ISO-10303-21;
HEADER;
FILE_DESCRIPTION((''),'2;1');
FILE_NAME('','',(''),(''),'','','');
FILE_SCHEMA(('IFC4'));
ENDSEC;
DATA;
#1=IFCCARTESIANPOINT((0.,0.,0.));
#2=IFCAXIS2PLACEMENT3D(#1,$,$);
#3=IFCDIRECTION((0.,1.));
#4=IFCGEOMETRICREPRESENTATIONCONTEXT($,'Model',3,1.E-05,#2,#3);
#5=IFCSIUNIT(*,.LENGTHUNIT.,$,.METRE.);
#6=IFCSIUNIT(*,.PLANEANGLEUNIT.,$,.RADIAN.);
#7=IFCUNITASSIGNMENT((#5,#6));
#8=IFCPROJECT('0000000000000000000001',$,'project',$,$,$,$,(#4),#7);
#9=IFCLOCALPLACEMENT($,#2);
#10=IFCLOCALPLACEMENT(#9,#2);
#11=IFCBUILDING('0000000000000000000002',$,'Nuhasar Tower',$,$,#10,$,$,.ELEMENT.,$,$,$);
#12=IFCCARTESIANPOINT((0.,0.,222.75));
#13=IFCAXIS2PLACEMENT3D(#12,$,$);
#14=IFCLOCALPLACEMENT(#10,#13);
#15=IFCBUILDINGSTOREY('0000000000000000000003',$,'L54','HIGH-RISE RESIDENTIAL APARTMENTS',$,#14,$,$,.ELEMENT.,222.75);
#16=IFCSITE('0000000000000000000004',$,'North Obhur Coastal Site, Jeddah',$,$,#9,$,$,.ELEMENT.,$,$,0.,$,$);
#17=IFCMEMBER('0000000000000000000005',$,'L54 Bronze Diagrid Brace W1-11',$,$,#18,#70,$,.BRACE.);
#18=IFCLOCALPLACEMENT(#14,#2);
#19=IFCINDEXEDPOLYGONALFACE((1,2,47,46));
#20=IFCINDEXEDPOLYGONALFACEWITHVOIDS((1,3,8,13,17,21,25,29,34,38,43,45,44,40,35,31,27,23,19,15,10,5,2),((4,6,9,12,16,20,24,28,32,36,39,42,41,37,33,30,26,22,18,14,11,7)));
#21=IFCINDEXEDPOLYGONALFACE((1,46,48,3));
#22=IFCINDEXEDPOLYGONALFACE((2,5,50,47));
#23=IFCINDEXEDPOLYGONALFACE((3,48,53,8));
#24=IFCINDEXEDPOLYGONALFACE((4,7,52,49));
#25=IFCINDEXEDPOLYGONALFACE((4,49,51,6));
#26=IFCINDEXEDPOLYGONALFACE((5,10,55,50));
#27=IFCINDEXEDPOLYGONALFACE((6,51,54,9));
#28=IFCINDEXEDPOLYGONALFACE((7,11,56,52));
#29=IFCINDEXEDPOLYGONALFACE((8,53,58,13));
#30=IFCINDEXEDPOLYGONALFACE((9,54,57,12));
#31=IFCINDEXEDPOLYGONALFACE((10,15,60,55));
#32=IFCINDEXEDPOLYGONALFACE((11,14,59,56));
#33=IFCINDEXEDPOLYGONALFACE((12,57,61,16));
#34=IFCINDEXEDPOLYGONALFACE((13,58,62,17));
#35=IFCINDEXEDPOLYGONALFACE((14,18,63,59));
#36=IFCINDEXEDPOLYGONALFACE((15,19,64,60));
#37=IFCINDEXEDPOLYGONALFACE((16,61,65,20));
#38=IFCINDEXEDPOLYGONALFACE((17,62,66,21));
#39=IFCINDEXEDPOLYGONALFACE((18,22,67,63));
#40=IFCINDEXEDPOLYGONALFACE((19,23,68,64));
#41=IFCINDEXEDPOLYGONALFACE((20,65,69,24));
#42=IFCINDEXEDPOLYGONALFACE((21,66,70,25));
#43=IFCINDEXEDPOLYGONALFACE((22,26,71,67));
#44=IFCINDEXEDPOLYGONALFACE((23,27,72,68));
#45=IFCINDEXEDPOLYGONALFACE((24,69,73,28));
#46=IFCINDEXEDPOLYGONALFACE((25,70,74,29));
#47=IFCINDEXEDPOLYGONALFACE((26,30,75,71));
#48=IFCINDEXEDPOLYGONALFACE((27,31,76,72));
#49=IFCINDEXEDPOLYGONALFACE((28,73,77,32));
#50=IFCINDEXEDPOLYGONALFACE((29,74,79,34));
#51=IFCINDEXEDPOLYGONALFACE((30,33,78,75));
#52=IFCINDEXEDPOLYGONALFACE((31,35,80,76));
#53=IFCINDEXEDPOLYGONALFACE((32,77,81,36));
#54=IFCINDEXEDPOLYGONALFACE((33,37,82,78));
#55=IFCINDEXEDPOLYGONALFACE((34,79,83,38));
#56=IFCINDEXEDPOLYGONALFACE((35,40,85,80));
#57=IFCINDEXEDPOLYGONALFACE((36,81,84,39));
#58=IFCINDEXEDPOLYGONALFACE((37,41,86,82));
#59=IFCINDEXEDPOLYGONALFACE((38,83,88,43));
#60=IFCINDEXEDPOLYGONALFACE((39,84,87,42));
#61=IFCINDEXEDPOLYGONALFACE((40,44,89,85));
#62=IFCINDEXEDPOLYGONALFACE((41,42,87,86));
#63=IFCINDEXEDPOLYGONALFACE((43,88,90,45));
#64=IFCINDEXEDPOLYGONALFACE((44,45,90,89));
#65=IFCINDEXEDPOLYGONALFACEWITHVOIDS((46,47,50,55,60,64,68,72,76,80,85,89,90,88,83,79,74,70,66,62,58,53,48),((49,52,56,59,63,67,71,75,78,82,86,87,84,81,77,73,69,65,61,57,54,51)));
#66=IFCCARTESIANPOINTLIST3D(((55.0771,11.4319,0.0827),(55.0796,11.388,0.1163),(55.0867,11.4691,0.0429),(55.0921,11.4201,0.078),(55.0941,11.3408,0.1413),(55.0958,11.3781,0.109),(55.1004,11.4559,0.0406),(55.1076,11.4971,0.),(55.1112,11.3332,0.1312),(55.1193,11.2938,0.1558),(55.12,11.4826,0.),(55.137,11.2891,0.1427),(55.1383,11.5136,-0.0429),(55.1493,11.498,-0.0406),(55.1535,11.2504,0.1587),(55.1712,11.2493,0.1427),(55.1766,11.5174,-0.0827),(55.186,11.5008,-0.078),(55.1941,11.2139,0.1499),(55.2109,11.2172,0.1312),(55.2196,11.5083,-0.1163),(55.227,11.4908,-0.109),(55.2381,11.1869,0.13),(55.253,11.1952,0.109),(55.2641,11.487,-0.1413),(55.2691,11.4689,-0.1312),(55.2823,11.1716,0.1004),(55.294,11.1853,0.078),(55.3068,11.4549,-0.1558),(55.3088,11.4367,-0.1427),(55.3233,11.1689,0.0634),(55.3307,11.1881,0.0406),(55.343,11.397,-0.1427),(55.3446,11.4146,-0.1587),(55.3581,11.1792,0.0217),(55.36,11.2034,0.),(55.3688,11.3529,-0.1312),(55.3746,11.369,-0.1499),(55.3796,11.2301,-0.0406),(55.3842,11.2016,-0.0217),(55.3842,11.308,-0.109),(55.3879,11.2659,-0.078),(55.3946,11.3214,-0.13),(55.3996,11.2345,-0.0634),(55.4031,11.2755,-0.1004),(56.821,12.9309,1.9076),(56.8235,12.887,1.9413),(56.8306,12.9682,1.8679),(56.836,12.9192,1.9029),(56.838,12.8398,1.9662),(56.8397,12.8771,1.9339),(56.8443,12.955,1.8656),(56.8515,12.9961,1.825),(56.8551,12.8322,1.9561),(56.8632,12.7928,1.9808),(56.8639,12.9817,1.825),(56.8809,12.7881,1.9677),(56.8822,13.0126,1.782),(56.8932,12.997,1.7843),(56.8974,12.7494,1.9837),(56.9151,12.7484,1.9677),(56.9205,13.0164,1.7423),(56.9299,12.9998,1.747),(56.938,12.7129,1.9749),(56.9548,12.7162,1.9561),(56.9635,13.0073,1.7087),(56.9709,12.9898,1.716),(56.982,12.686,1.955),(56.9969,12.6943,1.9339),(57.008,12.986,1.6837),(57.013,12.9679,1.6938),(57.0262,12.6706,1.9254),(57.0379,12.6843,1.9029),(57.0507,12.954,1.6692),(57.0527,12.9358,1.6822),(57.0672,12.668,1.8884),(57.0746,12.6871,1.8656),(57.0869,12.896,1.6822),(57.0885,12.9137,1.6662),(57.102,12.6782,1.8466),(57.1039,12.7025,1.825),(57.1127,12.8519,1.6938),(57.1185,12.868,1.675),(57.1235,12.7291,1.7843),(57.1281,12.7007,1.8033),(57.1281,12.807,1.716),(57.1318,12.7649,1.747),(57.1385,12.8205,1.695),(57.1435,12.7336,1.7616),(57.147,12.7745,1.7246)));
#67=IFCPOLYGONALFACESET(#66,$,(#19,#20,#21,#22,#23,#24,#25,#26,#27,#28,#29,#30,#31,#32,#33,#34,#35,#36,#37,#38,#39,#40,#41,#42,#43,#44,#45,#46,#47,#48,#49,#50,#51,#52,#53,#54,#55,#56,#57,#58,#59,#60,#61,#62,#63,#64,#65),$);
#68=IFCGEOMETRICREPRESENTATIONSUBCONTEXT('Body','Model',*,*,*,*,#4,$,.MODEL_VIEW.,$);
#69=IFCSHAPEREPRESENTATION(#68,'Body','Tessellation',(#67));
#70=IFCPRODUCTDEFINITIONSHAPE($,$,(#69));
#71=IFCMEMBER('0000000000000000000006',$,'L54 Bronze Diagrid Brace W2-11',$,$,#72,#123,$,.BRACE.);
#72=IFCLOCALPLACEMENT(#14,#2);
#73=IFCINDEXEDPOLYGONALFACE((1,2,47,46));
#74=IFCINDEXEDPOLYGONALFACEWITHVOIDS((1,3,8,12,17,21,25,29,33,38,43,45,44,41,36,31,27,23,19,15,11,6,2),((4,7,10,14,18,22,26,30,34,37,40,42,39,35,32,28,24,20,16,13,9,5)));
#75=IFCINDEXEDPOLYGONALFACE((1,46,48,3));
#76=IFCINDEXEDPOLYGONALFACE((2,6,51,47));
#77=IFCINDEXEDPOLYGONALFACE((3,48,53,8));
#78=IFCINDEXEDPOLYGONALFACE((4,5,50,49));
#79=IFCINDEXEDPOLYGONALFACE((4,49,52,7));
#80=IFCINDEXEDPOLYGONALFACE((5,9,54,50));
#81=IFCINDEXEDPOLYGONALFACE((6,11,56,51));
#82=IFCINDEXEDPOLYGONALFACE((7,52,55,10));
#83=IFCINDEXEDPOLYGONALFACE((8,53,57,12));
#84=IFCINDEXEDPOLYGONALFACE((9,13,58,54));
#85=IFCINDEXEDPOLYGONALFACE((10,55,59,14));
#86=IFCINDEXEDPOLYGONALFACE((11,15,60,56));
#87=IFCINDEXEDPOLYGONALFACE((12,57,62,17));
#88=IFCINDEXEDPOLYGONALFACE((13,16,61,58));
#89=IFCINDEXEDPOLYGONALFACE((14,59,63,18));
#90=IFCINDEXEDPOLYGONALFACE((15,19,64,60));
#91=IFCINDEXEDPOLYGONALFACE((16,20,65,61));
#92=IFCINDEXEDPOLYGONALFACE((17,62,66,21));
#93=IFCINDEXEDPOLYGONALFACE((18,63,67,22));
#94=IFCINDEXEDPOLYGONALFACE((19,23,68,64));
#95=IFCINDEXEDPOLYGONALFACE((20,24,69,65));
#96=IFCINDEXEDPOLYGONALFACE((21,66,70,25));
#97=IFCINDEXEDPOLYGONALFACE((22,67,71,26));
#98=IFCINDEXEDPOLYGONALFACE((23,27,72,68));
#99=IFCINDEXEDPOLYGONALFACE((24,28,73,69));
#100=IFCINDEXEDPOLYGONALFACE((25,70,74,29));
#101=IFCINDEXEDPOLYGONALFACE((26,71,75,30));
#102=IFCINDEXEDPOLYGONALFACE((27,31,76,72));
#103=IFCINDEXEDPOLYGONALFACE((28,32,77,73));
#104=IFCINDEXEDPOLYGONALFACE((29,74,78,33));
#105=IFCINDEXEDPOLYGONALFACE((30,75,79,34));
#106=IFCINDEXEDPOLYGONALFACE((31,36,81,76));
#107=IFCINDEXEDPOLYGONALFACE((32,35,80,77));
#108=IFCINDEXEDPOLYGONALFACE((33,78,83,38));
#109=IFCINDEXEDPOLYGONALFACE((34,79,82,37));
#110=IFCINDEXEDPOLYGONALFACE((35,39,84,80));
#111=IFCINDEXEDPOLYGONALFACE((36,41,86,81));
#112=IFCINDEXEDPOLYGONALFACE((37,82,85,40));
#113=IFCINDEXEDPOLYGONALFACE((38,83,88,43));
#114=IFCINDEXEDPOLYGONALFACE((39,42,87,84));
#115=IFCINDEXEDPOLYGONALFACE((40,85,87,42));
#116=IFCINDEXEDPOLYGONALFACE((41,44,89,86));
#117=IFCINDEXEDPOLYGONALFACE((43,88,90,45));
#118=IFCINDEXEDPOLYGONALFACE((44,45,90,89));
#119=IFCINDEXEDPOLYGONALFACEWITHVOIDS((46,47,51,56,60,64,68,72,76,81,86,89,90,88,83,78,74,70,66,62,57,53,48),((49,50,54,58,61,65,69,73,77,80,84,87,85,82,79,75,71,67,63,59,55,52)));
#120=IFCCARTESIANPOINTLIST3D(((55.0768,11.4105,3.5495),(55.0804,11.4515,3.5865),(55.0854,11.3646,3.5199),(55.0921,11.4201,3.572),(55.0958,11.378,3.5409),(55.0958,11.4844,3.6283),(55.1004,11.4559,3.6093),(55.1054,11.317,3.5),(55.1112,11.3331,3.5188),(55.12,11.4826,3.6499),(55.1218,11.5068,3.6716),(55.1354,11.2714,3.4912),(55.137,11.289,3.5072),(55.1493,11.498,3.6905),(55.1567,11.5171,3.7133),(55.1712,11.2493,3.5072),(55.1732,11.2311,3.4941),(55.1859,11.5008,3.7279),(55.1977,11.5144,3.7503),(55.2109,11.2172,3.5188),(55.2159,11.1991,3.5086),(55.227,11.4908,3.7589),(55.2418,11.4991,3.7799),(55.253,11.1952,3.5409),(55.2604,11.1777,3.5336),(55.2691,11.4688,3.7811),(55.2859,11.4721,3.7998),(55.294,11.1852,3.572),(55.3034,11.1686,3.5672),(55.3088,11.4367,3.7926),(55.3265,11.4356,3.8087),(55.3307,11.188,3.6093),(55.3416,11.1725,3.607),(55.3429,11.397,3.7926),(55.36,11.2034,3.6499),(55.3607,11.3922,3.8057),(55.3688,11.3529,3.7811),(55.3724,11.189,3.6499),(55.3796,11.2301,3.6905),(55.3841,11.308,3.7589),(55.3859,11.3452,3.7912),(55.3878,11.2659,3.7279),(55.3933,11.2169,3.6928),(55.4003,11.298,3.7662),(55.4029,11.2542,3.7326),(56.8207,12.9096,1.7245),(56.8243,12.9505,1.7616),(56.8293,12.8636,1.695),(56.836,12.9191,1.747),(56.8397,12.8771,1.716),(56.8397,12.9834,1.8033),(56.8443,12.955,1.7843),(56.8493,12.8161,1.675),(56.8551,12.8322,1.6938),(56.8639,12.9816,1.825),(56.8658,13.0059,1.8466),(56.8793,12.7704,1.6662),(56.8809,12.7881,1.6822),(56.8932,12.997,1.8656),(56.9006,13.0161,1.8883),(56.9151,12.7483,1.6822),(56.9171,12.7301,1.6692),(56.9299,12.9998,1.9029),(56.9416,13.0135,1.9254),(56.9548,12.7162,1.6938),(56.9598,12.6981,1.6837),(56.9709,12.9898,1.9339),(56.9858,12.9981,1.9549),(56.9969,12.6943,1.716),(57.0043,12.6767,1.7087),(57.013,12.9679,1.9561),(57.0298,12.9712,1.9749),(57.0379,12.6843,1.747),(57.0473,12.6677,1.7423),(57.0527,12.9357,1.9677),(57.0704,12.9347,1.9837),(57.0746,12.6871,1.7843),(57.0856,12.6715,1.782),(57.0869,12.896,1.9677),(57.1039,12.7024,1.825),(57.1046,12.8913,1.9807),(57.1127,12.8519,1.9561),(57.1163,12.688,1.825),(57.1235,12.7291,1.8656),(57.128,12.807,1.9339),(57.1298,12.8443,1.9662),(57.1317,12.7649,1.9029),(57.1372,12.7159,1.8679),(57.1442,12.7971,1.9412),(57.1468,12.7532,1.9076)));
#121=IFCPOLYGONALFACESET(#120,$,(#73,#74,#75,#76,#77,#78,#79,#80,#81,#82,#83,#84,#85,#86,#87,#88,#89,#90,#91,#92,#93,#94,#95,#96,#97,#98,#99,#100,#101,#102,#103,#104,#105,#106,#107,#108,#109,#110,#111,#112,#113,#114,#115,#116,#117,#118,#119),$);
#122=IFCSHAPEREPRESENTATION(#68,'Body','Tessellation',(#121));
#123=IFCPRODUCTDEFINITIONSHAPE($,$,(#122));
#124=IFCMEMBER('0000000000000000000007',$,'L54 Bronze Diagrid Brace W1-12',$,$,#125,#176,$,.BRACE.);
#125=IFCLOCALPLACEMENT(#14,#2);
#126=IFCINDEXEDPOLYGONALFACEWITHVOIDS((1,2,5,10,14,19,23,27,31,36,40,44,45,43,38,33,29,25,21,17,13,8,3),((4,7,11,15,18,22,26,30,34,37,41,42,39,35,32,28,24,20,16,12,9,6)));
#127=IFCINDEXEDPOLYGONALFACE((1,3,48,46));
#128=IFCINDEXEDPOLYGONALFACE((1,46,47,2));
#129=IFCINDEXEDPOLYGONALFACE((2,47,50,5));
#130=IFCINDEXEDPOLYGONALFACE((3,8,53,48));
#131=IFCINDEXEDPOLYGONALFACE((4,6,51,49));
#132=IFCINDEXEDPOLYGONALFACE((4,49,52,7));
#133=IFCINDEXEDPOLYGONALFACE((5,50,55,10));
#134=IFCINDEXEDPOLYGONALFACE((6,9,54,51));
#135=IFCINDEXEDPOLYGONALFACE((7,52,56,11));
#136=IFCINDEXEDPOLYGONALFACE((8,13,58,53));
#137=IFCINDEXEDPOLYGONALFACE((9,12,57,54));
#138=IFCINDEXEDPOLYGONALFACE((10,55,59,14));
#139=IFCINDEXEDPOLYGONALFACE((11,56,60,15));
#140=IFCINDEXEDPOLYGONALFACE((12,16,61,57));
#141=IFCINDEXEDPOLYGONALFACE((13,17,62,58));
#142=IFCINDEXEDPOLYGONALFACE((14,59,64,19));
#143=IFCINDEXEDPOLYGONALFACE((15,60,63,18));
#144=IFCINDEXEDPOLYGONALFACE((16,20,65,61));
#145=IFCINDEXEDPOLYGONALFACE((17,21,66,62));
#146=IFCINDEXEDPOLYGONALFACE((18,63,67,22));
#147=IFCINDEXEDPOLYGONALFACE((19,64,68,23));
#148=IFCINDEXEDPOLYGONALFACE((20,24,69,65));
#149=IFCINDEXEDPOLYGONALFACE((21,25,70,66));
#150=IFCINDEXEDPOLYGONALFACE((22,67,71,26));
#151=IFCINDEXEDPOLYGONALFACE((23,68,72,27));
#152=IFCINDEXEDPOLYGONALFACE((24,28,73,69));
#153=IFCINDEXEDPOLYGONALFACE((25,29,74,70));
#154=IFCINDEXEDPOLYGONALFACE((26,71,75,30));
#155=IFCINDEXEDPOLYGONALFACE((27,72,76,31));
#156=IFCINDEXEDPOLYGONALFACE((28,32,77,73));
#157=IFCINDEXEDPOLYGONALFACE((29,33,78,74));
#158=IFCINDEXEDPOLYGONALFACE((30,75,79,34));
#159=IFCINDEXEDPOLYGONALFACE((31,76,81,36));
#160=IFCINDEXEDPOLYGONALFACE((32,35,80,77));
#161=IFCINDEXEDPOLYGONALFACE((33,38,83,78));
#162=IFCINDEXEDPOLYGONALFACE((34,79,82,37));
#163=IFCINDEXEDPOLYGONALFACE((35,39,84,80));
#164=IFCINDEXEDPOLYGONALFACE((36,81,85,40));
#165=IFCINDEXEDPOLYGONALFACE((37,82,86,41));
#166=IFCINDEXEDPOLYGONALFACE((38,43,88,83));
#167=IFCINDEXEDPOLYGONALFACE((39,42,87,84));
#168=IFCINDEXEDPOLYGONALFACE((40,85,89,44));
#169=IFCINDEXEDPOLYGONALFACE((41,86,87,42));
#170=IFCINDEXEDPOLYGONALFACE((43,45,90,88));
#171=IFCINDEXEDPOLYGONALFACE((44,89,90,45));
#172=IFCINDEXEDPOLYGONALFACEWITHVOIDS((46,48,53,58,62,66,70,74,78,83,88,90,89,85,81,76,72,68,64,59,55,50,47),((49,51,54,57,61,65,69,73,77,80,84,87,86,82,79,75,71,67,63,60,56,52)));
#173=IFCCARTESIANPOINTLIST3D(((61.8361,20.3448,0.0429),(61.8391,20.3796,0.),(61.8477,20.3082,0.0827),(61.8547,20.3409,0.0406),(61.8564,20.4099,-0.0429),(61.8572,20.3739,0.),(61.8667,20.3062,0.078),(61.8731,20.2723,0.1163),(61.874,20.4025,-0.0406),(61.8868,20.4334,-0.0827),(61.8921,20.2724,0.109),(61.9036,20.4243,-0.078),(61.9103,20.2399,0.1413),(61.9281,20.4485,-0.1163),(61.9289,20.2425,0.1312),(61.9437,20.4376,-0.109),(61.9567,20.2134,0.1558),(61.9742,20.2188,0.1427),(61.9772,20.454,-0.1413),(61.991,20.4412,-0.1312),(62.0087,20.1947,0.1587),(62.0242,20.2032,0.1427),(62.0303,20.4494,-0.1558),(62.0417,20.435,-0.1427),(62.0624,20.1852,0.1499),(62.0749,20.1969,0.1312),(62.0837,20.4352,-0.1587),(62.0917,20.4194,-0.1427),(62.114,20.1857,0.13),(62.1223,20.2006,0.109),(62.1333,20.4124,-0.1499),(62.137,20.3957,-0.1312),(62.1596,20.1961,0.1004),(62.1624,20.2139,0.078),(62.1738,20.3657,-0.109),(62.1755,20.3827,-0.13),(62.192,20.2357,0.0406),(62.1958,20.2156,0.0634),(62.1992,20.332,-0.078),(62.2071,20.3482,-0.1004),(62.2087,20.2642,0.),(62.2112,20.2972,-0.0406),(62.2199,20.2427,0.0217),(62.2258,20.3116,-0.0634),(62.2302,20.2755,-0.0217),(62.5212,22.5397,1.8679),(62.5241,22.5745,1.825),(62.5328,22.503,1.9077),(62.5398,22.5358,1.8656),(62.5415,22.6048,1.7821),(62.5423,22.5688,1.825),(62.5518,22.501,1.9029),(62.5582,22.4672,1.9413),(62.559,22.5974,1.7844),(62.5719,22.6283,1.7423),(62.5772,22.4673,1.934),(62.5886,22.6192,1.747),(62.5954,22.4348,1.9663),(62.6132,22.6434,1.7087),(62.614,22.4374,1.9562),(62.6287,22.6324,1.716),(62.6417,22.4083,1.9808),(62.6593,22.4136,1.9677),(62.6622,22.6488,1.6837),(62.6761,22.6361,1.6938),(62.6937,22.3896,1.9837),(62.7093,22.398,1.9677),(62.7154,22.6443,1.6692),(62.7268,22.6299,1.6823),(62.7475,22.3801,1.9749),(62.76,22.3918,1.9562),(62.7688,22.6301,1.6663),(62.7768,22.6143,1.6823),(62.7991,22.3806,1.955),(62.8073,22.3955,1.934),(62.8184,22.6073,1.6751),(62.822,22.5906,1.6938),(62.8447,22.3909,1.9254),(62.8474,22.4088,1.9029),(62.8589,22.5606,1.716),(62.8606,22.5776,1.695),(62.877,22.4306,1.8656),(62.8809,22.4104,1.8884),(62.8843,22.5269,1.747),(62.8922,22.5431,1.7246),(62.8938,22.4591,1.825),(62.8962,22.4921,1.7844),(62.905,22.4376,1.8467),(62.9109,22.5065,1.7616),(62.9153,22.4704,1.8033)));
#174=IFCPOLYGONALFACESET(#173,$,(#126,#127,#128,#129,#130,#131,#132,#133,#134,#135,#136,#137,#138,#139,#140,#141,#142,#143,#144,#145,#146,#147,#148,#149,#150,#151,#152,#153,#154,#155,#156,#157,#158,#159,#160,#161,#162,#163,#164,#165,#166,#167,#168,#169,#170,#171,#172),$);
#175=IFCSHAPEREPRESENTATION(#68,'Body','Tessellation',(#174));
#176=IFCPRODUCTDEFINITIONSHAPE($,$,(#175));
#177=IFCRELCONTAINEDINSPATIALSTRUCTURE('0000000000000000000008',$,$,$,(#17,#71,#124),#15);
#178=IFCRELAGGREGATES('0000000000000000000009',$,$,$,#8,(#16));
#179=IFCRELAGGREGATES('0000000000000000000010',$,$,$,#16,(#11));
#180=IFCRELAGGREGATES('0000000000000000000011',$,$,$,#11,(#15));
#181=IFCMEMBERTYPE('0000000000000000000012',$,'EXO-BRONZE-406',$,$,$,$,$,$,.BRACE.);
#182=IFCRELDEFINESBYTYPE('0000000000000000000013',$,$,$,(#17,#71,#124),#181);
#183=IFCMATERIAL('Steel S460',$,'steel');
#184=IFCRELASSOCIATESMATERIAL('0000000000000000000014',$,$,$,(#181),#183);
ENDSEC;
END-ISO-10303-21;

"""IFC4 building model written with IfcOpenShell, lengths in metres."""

from ifc_helpers import new_model, si_unit, direction, frame, origin, origin_2d, place, context, subcontext, project, spatial, hollow_circle, extrude, material, material_profile, profile_set, type_object, element, save


model = new_model("IFC4")

# Units and contexts
model_context = context("Model", 3, precision=1e-05, world=origin(), true_north=direction((0.0, 1.0)))
body_context = subcontext(model_context, "Body", "Model", "MODEL_VIEW")
ifc_project = project(units=[si_unit("LENGTHUNIT", "METRE"), si_unit("PLANEANGLEUNIT", "RADIAN")], contexts=[model_context])

# Site, building, storey
site_placement = place(None, origin())
site = spatial("IfcSite", under=ifc_project, at=site_placement, Name="North Obhur Coastal Site, Jeddah", CompositionType="ELEMENT", RefElevation=0.0)
building_placement = place(site_placement, origin())
building = spatial("IfcBuilding", under=site, at=building_placement, Name="Nuhasar Tower", CompositionType="ELEMENT")
storey_placement = place(building_placement, frame((0.0, 0.0, 222.75)))
storey = spatial("IfcBuildingStorey", under=building, at=storey_placement, Name="L54", Description="HIGH-RISE RESIDENTIAL APARTMENTS", CompositionType="ELEMENT", Elevation=222.75)

# Members
ifc_material_1 = material(Name="Steel S460", Category="steel")
ifc_material_profile_1 = material_profile(ifc_material_1, hollow_circle(Radius=0.2031, WallThickness=0.019, at=origin_2d()), Name="HSS406.4X19.1")
ifc_profile_set_1 = profile_set([ifc_material_profile_1], Name="Steel S460")
member_type_1 = type_object("IfcMemberType", Name="EXO-BRONZE-406", PredefinedType="BRACE", material=ifc_profile_set_1)
for number, where, z_axis, x_axis, name in (
    (1, (55.24, 11.343, 0.0), (0.594019, 0.510608, 0.621628), (-0.651857, 0.758342, 0.0), "L54 Bronze Diagrid Brace W1-11"),
    (2, (56.9839, 12.842, 1.825), (-0.594019, -0.510608, 0.621628), (0.651857, -0.758342, 0.0), "L54 Bronze Diagrid Brace W2-11"),
):
    element("IfcMember", number, at=place(storey_placement, frame(where, z_axis=z_axis, x_axis=x_axis)), inside=storey, type_object=member_type_1, Name=name, PredefinedType="BRACE", context=body_context, shape_type="SweptSolid", body=[
        extrude(hollow_circle(Radius=0.2031, WallThickness=0.019, at=origin_2d()), origin(), (0.0, 0.0, 1.0), 2.9358),
    ])
for number, where, z_axis, x_axis, name in (
    (3, (62.033, 20.3191, 0.0), (0.233372, 0.74769, 0.621689), (-0.954582, 0.297948, 0.0), "L54 Bronze Diagrid Brace W1-12"),
):
    element("IfcMember", number, at=place(storey_placement, frame(where, z_axis=z_axis, x_axis=x_axis)), inside=storey, type_object=member_type_1, Name=name, PredefinedType="BRACE", context=body_context, shape_type="SweptSolid", body=[
        extrude(hollow_circle(Radius=0.2031, WallThickness=0.019, at=origin_2d()), origin(), (0.0, 0.0, 1.0), 2.9355),
    ])

save(model, "model.ifc")
